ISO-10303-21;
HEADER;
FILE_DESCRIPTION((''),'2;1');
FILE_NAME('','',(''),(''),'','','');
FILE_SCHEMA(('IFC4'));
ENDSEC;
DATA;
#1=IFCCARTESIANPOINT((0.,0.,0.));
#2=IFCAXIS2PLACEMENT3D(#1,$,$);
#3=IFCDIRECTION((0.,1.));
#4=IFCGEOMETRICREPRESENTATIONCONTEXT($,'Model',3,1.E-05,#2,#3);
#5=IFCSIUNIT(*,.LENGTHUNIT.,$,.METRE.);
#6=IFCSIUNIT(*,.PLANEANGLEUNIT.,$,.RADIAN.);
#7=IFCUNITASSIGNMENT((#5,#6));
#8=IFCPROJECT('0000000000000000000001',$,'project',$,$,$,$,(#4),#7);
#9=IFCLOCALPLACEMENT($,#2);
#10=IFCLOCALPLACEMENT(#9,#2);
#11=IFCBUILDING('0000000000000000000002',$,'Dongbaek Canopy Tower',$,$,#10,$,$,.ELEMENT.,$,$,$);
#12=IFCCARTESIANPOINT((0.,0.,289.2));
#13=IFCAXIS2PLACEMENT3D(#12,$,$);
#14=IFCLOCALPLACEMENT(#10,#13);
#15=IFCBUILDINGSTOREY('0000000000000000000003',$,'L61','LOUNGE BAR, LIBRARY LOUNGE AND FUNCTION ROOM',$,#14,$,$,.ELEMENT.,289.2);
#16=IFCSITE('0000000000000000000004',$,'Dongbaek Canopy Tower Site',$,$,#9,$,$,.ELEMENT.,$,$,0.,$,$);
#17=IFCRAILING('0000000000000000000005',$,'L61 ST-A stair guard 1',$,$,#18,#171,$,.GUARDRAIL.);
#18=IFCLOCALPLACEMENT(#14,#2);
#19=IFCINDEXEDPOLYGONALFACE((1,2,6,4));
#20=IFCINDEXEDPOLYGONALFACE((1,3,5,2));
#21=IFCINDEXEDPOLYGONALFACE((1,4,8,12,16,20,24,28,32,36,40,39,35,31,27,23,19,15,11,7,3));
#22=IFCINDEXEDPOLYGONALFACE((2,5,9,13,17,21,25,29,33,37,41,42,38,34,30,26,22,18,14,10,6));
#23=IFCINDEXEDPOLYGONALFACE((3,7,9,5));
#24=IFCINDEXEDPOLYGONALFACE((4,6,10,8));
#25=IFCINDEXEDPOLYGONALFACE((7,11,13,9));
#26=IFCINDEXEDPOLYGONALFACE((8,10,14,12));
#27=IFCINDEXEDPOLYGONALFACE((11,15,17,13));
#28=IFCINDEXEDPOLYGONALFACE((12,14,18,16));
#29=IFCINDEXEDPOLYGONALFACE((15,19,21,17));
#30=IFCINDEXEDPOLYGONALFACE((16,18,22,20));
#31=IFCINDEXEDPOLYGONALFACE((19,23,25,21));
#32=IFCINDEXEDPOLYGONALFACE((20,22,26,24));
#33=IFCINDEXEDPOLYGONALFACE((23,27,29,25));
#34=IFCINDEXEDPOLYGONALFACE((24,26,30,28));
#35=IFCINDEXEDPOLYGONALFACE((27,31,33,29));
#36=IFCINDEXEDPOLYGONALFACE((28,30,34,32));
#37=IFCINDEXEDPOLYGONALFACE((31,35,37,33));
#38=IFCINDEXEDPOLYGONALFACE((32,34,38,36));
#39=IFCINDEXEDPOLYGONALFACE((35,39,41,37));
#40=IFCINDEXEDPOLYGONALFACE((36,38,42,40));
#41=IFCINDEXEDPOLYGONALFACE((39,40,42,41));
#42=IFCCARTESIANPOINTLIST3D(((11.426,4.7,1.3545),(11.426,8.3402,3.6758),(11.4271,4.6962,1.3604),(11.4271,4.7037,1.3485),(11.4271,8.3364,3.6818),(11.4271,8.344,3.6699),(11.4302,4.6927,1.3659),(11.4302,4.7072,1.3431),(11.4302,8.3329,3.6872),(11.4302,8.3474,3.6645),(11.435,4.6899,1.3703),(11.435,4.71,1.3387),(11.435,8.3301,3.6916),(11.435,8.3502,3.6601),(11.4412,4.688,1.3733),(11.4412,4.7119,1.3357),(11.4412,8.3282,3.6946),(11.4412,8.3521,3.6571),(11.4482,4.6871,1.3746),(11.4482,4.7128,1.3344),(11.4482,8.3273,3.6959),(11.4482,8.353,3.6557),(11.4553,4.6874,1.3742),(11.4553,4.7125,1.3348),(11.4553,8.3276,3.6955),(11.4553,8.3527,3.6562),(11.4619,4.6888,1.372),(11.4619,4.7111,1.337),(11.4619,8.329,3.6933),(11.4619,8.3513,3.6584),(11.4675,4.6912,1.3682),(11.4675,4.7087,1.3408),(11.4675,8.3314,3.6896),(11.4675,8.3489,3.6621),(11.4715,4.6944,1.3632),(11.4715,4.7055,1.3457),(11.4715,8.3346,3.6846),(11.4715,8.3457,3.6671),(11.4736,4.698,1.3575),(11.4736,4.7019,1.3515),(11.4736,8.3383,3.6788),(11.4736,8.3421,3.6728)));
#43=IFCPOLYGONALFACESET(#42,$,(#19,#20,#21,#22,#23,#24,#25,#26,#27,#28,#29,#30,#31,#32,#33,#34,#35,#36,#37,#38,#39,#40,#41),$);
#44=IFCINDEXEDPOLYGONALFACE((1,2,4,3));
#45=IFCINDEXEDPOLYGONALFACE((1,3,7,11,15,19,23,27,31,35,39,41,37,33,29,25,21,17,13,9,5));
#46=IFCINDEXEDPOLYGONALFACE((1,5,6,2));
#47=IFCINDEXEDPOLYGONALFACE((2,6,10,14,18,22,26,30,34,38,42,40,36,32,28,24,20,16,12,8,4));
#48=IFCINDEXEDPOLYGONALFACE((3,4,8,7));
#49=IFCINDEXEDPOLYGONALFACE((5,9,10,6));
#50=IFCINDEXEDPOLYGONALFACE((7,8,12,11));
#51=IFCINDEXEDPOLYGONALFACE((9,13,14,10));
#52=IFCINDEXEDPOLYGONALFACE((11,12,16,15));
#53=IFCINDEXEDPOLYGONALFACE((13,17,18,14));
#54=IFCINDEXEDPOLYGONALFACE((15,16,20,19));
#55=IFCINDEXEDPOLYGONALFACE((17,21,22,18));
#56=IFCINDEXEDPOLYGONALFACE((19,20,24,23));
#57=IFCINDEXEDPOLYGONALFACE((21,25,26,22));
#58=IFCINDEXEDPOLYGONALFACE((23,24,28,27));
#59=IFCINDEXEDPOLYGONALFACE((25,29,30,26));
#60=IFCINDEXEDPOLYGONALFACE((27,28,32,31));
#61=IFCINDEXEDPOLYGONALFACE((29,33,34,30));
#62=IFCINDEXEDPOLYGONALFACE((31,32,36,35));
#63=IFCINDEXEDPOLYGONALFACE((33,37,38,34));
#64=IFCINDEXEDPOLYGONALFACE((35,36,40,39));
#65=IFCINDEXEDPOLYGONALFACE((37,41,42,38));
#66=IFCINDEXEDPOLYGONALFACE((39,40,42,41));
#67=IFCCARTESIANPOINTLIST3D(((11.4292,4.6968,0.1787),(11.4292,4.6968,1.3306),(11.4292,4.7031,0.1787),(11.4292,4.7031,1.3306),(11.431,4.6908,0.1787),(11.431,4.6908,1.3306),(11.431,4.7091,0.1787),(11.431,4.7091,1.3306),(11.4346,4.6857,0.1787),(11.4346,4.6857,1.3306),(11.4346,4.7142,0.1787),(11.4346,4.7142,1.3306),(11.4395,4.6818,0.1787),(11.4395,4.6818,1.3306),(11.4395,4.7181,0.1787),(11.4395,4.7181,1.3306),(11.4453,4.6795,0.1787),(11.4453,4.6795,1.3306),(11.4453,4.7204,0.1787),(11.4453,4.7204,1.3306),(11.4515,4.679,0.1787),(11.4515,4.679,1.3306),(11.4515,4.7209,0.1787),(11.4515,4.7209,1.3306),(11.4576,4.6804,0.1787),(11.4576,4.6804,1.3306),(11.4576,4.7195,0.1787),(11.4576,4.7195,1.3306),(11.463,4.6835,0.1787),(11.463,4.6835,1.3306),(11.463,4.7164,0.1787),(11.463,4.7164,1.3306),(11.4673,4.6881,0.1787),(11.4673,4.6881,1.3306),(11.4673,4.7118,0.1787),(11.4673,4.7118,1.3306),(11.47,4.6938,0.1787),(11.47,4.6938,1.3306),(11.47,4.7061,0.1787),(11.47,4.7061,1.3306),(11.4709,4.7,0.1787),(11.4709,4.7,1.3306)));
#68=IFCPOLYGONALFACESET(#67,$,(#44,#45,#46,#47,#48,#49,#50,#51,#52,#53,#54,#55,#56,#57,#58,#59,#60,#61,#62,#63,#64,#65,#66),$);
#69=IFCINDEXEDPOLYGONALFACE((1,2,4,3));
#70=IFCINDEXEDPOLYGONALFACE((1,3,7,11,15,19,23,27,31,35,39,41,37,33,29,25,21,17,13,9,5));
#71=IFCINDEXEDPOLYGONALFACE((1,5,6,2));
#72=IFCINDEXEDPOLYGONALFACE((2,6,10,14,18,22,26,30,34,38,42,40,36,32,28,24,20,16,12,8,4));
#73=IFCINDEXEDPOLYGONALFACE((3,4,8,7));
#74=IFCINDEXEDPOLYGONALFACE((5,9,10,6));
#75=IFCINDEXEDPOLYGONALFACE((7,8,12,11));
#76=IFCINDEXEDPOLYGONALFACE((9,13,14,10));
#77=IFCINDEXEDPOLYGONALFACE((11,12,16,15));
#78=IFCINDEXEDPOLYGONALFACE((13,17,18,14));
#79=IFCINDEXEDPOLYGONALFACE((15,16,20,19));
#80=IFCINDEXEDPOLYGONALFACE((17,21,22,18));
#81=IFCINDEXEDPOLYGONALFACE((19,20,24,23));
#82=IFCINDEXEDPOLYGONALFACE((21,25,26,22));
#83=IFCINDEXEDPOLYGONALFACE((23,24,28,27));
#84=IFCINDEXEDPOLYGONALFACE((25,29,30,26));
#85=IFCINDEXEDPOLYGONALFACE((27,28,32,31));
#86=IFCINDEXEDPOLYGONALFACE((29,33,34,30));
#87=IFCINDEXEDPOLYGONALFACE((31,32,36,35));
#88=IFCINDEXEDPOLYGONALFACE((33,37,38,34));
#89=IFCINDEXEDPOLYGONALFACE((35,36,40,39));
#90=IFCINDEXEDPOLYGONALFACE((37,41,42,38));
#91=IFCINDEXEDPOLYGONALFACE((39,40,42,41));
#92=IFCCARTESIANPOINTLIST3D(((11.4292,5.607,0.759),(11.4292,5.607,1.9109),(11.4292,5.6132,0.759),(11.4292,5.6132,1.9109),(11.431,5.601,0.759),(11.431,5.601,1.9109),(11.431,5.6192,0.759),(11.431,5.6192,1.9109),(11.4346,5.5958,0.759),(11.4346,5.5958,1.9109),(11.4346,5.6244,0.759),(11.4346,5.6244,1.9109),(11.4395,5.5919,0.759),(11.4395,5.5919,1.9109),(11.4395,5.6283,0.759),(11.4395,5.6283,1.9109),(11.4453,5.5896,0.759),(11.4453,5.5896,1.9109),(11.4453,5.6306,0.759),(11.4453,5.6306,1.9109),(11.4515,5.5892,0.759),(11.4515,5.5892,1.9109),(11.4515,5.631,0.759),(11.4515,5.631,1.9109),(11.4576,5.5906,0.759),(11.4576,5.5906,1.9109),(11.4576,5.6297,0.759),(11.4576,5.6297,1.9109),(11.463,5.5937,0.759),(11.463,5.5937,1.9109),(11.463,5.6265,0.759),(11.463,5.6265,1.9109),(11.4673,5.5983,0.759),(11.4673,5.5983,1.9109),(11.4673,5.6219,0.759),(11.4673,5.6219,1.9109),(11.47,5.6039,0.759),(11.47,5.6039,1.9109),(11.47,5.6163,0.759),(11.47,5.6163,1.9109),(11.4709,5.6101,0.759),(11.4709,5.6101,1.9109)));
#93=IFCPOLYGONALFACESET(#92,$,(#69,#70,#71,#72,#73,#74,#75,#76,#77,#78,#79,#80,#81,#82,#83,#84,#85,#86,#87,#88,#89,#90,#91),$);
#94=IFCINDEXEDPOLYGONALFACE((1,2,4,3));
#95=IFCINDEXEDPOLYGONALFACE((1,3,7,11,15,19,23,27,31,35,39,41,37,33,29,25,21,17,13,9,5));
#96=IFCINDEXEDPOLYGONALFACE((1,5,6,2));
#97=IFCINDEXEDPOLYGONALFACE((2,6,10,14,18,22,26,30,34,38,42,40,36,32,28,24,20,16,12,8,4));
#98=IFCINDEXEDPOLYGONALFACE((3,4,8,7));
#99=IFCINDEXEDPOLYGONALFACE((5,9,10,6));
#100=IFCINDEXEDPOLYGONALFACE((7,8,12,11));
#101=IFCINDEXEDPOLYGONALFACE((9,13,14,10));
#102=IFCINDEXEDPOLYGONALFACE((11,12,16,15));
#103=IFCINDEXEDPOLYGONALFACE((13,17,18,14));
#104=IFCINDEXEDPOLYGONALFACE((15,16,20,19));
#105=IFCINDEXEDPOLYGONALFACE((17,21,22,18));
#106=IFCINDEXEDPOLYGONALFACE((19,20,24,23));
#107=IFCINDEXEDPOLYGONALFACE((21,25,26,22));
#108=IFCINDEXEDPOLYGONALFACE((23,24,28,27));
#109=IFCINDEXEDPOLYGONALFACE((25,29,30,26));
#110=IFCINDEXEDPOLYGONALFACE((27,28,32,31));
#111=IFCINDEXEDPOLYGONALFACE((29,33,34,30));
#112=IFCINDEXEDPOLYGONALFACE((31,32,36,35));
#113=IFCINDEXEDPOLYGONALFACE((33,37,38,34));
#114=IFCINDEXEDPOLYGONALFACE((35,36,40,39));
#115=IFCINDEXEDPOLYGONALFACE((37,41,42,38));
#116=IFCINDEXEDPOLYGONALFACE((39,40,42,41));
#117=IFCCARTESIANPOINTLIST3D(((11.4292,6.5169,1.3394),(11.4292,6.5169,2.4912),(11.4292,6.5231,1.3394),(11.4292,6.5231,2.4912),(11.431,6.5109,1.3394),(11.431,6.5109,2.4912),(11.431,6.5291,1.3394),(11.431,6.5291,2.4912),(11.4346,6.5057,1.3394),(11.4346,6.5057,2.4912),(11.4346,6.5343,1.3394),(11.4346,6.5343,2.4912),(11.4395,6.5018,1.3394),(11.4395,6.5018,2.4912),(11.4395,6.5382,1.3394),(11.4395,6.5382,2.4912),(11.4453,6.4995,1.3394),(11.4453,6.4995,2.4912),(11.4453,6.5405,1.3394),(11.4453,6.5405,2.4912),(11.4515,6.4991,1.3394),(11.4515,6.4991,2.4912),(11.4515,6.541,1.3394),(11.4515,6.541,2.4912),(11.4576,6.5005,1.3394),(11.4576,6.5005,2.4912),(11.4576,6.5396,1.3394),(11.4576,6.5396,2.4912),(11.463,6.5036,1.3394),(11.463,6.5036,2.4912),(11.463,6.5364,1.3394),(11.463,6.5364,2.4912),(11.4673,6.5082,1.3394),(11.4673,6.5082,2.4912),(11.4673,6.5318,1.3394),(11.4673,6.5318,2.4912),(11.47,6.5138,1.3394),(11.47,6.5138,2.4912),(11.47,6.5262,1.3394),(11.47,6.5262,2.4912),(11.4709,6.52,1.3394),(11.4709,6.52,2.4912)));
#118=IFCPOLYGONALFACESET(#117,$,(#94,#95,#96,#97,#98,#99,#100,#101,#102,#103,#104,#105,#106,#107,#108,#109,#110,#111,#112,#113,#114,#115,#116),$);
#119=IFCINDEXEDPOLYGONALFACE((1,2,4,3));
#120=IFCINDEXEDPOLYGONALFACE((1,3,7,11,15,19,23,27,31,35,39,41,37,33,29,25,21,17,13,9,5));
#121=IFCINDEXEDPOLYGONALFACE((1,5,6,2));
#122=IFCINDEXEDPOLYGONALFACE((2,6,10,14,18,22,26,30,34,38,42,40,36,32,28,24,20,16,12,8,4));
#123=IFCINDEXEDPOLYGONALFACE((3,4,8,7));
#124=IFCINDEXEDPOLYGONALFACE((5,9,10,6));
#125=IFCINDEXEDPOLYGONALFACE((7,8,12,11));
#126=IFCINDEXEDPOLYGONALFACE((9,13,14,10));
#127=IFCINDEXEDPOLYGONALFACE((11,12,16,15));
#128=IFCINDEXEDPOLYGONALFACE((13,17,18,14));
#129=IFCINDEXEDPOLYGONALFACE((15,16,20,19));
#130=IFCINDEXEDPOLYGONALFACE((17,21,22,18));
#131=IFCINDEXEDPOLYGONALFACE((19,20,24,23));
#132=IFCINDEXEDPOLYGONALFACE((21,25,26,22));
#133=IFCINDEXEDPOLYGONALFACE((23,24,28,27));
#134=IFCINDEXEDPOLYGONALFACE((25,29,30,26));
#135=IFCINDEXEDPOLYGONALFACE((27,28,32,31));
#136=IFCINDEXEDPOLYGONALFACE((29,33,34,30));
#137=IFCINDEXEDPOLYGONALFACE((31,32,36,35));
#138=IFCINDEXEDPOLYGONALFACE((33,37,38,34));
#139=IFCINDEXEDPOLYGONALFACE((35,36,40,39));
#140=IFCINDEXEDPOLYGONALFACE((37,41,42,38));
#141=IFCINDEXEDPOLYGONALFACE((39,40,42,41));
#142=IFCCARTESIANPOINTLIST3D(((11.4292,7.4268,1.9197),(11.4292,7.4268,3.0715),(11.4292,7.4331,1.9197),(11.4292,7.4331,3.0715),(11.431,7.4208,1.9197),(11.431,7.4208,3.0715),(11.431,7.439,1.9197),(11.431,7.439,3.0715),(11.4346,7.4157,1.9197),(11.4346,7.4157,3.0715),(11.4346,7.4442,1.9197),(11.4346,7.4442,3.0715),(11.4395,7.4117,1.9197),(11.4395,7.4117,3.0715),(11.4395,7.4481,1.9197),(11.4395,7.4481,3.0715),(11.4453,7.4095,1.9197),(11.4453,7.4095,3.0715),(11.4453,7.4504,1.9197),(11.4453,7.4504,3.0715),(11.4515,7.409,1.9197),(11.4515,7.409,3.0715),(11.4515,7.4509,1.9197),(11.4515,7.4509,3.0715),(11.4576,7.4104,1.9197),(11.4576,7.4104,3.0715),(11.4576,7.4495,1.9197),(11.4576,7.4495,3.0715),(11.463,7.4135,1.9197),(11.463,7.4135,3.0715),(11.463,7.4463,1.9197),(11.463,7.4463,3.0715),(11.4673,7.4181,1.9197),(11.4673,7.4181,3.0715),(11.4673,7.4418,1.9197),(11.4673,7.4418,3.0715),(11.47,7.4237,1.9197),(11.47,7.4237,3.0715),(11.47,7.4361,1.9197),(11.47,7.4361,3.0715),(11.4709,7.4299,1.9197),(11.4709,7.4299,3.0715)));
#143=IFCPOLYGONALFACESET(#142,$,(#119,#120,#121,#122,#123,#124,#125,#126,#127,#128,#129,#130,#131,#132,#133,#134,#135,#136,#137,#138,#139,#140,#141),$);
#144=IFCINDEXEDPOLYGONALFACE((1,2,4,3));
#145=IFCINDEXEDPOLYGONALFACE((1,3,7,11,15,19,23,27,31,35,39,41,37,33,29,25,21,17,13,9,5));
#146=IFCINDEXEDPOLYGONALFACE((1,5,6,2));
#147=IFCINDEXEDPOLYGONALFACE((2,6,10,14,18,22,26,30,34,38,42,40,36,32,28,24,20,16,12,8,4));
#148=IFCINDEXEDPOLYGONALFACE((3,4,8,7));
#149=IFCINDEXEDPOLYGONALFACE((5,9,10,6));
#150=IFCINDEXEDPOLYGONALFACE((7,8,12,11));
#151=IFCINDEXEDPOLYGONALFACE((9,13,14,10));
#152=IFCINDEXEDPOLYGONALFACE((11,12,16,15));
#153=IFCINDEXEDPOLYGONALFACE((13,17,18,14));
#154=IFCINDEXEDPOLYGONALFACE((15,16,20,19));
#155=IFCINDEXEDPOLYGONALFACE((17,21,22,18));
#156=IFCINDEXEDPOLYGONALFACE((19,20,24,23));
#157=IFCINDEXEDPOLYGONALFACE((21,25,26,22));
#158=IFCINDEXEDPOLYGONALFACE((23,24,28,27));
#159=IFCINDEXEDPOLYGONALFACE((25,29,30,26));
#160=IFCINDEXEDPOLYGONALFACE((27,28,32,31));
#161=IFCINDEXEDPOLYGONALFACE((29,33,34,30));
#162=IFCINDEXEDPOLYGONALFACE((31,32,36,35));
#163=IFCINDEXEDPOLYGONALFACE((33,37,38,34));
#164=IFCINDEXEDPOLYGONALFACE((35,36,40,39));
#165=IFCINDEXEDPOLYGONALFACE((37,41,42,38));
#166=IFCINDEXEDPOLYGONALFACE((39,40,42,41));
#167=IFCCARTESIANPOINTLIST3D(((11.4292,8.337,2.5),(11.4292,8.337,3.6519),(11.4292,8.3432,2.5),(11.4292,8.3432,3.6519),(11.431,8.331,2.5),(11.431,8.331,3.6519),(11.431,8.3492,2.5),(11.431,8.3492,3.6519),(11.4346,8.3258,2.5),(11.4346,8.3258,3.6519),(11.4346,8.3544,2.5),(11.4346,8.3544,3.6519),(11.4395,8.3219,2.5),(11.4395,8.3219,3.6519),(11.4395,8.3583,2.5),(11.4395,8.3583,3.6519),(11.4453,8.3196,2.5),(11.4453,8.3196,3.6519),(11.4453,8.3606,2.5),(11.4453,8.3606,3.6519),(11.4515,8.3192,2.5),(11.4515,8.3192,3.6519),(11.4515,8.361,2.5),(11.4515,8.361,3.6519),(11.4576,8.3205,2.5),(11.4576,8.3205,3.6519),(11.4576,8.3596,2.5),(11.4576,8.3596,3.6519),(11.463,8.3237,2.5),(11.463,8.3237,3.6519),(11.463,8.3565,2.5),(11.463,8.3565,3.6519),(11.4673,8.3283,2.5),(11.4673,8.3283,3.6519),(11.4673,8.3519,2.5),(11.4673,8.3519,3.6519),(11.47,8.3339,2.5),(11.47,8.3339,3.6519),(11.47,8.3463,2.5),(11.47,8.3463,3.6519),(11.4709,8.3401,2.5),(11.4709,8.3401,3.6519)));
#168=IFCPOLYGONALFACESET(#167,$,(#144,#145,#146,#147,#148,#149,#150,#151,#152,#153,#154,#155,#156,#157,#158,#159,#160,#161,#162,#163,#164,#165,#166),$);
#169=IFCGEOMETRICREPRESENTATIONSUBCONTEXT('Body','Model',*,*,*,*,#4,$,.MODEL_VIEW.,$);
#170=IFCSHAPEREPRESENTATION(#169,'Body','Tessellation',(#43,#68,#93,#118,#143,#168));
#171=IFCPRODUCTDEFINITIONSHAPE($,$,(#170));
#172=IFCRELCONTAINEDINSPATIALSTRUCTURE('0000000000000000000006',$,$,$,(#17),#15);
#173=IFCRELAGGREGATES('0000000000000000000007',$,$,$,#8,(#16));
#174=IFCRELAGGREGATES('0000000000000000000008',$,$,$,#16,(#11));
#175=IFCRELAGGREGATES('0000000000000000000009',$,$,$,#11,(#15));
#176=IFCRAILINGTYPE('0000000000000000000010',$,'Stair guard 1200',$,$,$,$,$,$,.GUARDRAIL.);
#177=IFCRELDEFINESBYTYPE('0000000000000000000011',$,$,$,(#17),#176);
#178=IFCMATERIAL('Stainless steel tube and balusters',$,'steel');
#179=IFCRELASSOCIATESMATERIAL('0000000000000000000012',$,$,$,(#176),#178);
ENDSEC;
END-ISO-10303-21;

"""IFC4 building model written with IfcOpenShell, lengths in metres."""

from ifc_helpers import new_model, si_unit, direction, frame, origin, origin_2d, place, context, subcontext, project, spatial, circle, extrude, material, type_object, element, save


model = new_model("IFC4")

# Units and contexts
model_context = context("Model", 3, precision=1e-05, world=origin(), true_north=direction((0.0, 1.0)))
body_context = subcontext(model_context, "Body", "Model", "MODEL_VIEW")
ifc_project = project(units=[si_unit("LENGTHUNIT", "METRE"), si_unit("PLANEANGLEUNIT", "RADIAN")], contexts=[model_context])

# Site, building, storey
site_placement = place(None, origin())
site = spatial("IfcSite", under=ifc_project, at=site_placement, Name="Dongbaek Canopy Tower Site", CompositionType="ELEMENT", RefElevation=0.0)
building_placement = place(site_placement, origin())
building = spatial("IfcBuilding", under=site, at=building_placement, Name="Dongbaek Canopy Tower", CompositionType="ELEMENT")
storey_placement = place(building_placement, frame((0.0, 0.0, 289.2)))
storey = spatial("IfcBuildingStorey", under=building, at=storey_placement, Name="L61", Description="LOUNGE BAR, LIBRARY LOUNGE AND FUNCTION ROOM", CompositionType="ELEMENT", Elevation=289.2)

# Railing
ifc_material_1 = material(Name="Stainless steel tube and balusters", Category="steel")
railing_type_1 = type_object("IfcRailingType", Name="Stair guard 1200", PredefinedType="GUARDRAIL", material=ifc_material_1)
railing_1_placement = place(storey_placement, frame((11.45, 4.7, 0.1787)))
element("IfcRailing", 1, at=railing_1_placement, inside=storey, type_object=railing_type_1, Name="L61 ST-A stair guard 1", PredefinedType="GUARDRAIL", context=body_context, shape_type="SweptSolid", body=[
    extrude(circle(Radius=0.0239, at=origin_2d()), frame((0.0, 0.0, 1.1758), z_axis=(0.0, 0.843153, 0.537673), x_axis=(-1.0, 0.0, 0.0)), (0.0, 0.0, 1.0), 4.3174),
    extrude(circle(Radius=0.021, at=origin_2d()), origin(), (0.0, 0.0, 1.0), 1.1519),
    extrude(circle(Radius=0.021, at=origin_2d()), frame((0.0, 0.9102, 0.5803)), (0.0, 0.0, 1.0), 1.1519),
    extrude(circle(Radius=0.021, at=origin_2d()), frame((0.0, 1.8201, 1.1606)), (0.0, 0.0, 1.0), 1.1519),
    extrude(circle(Radius=0.021, at=origin_2d()), frame((0.0, 2.73, 1.741)), (0.0, 0.0, 1.0), 1.1519),
    extrude(circle(Radius=0.021, at=origin_2d()), frame((0.0, 3.6401, 2.3213)), (0.0, 0.0, 1.0), 1.1519),
])

save(model, "model.ifc")
